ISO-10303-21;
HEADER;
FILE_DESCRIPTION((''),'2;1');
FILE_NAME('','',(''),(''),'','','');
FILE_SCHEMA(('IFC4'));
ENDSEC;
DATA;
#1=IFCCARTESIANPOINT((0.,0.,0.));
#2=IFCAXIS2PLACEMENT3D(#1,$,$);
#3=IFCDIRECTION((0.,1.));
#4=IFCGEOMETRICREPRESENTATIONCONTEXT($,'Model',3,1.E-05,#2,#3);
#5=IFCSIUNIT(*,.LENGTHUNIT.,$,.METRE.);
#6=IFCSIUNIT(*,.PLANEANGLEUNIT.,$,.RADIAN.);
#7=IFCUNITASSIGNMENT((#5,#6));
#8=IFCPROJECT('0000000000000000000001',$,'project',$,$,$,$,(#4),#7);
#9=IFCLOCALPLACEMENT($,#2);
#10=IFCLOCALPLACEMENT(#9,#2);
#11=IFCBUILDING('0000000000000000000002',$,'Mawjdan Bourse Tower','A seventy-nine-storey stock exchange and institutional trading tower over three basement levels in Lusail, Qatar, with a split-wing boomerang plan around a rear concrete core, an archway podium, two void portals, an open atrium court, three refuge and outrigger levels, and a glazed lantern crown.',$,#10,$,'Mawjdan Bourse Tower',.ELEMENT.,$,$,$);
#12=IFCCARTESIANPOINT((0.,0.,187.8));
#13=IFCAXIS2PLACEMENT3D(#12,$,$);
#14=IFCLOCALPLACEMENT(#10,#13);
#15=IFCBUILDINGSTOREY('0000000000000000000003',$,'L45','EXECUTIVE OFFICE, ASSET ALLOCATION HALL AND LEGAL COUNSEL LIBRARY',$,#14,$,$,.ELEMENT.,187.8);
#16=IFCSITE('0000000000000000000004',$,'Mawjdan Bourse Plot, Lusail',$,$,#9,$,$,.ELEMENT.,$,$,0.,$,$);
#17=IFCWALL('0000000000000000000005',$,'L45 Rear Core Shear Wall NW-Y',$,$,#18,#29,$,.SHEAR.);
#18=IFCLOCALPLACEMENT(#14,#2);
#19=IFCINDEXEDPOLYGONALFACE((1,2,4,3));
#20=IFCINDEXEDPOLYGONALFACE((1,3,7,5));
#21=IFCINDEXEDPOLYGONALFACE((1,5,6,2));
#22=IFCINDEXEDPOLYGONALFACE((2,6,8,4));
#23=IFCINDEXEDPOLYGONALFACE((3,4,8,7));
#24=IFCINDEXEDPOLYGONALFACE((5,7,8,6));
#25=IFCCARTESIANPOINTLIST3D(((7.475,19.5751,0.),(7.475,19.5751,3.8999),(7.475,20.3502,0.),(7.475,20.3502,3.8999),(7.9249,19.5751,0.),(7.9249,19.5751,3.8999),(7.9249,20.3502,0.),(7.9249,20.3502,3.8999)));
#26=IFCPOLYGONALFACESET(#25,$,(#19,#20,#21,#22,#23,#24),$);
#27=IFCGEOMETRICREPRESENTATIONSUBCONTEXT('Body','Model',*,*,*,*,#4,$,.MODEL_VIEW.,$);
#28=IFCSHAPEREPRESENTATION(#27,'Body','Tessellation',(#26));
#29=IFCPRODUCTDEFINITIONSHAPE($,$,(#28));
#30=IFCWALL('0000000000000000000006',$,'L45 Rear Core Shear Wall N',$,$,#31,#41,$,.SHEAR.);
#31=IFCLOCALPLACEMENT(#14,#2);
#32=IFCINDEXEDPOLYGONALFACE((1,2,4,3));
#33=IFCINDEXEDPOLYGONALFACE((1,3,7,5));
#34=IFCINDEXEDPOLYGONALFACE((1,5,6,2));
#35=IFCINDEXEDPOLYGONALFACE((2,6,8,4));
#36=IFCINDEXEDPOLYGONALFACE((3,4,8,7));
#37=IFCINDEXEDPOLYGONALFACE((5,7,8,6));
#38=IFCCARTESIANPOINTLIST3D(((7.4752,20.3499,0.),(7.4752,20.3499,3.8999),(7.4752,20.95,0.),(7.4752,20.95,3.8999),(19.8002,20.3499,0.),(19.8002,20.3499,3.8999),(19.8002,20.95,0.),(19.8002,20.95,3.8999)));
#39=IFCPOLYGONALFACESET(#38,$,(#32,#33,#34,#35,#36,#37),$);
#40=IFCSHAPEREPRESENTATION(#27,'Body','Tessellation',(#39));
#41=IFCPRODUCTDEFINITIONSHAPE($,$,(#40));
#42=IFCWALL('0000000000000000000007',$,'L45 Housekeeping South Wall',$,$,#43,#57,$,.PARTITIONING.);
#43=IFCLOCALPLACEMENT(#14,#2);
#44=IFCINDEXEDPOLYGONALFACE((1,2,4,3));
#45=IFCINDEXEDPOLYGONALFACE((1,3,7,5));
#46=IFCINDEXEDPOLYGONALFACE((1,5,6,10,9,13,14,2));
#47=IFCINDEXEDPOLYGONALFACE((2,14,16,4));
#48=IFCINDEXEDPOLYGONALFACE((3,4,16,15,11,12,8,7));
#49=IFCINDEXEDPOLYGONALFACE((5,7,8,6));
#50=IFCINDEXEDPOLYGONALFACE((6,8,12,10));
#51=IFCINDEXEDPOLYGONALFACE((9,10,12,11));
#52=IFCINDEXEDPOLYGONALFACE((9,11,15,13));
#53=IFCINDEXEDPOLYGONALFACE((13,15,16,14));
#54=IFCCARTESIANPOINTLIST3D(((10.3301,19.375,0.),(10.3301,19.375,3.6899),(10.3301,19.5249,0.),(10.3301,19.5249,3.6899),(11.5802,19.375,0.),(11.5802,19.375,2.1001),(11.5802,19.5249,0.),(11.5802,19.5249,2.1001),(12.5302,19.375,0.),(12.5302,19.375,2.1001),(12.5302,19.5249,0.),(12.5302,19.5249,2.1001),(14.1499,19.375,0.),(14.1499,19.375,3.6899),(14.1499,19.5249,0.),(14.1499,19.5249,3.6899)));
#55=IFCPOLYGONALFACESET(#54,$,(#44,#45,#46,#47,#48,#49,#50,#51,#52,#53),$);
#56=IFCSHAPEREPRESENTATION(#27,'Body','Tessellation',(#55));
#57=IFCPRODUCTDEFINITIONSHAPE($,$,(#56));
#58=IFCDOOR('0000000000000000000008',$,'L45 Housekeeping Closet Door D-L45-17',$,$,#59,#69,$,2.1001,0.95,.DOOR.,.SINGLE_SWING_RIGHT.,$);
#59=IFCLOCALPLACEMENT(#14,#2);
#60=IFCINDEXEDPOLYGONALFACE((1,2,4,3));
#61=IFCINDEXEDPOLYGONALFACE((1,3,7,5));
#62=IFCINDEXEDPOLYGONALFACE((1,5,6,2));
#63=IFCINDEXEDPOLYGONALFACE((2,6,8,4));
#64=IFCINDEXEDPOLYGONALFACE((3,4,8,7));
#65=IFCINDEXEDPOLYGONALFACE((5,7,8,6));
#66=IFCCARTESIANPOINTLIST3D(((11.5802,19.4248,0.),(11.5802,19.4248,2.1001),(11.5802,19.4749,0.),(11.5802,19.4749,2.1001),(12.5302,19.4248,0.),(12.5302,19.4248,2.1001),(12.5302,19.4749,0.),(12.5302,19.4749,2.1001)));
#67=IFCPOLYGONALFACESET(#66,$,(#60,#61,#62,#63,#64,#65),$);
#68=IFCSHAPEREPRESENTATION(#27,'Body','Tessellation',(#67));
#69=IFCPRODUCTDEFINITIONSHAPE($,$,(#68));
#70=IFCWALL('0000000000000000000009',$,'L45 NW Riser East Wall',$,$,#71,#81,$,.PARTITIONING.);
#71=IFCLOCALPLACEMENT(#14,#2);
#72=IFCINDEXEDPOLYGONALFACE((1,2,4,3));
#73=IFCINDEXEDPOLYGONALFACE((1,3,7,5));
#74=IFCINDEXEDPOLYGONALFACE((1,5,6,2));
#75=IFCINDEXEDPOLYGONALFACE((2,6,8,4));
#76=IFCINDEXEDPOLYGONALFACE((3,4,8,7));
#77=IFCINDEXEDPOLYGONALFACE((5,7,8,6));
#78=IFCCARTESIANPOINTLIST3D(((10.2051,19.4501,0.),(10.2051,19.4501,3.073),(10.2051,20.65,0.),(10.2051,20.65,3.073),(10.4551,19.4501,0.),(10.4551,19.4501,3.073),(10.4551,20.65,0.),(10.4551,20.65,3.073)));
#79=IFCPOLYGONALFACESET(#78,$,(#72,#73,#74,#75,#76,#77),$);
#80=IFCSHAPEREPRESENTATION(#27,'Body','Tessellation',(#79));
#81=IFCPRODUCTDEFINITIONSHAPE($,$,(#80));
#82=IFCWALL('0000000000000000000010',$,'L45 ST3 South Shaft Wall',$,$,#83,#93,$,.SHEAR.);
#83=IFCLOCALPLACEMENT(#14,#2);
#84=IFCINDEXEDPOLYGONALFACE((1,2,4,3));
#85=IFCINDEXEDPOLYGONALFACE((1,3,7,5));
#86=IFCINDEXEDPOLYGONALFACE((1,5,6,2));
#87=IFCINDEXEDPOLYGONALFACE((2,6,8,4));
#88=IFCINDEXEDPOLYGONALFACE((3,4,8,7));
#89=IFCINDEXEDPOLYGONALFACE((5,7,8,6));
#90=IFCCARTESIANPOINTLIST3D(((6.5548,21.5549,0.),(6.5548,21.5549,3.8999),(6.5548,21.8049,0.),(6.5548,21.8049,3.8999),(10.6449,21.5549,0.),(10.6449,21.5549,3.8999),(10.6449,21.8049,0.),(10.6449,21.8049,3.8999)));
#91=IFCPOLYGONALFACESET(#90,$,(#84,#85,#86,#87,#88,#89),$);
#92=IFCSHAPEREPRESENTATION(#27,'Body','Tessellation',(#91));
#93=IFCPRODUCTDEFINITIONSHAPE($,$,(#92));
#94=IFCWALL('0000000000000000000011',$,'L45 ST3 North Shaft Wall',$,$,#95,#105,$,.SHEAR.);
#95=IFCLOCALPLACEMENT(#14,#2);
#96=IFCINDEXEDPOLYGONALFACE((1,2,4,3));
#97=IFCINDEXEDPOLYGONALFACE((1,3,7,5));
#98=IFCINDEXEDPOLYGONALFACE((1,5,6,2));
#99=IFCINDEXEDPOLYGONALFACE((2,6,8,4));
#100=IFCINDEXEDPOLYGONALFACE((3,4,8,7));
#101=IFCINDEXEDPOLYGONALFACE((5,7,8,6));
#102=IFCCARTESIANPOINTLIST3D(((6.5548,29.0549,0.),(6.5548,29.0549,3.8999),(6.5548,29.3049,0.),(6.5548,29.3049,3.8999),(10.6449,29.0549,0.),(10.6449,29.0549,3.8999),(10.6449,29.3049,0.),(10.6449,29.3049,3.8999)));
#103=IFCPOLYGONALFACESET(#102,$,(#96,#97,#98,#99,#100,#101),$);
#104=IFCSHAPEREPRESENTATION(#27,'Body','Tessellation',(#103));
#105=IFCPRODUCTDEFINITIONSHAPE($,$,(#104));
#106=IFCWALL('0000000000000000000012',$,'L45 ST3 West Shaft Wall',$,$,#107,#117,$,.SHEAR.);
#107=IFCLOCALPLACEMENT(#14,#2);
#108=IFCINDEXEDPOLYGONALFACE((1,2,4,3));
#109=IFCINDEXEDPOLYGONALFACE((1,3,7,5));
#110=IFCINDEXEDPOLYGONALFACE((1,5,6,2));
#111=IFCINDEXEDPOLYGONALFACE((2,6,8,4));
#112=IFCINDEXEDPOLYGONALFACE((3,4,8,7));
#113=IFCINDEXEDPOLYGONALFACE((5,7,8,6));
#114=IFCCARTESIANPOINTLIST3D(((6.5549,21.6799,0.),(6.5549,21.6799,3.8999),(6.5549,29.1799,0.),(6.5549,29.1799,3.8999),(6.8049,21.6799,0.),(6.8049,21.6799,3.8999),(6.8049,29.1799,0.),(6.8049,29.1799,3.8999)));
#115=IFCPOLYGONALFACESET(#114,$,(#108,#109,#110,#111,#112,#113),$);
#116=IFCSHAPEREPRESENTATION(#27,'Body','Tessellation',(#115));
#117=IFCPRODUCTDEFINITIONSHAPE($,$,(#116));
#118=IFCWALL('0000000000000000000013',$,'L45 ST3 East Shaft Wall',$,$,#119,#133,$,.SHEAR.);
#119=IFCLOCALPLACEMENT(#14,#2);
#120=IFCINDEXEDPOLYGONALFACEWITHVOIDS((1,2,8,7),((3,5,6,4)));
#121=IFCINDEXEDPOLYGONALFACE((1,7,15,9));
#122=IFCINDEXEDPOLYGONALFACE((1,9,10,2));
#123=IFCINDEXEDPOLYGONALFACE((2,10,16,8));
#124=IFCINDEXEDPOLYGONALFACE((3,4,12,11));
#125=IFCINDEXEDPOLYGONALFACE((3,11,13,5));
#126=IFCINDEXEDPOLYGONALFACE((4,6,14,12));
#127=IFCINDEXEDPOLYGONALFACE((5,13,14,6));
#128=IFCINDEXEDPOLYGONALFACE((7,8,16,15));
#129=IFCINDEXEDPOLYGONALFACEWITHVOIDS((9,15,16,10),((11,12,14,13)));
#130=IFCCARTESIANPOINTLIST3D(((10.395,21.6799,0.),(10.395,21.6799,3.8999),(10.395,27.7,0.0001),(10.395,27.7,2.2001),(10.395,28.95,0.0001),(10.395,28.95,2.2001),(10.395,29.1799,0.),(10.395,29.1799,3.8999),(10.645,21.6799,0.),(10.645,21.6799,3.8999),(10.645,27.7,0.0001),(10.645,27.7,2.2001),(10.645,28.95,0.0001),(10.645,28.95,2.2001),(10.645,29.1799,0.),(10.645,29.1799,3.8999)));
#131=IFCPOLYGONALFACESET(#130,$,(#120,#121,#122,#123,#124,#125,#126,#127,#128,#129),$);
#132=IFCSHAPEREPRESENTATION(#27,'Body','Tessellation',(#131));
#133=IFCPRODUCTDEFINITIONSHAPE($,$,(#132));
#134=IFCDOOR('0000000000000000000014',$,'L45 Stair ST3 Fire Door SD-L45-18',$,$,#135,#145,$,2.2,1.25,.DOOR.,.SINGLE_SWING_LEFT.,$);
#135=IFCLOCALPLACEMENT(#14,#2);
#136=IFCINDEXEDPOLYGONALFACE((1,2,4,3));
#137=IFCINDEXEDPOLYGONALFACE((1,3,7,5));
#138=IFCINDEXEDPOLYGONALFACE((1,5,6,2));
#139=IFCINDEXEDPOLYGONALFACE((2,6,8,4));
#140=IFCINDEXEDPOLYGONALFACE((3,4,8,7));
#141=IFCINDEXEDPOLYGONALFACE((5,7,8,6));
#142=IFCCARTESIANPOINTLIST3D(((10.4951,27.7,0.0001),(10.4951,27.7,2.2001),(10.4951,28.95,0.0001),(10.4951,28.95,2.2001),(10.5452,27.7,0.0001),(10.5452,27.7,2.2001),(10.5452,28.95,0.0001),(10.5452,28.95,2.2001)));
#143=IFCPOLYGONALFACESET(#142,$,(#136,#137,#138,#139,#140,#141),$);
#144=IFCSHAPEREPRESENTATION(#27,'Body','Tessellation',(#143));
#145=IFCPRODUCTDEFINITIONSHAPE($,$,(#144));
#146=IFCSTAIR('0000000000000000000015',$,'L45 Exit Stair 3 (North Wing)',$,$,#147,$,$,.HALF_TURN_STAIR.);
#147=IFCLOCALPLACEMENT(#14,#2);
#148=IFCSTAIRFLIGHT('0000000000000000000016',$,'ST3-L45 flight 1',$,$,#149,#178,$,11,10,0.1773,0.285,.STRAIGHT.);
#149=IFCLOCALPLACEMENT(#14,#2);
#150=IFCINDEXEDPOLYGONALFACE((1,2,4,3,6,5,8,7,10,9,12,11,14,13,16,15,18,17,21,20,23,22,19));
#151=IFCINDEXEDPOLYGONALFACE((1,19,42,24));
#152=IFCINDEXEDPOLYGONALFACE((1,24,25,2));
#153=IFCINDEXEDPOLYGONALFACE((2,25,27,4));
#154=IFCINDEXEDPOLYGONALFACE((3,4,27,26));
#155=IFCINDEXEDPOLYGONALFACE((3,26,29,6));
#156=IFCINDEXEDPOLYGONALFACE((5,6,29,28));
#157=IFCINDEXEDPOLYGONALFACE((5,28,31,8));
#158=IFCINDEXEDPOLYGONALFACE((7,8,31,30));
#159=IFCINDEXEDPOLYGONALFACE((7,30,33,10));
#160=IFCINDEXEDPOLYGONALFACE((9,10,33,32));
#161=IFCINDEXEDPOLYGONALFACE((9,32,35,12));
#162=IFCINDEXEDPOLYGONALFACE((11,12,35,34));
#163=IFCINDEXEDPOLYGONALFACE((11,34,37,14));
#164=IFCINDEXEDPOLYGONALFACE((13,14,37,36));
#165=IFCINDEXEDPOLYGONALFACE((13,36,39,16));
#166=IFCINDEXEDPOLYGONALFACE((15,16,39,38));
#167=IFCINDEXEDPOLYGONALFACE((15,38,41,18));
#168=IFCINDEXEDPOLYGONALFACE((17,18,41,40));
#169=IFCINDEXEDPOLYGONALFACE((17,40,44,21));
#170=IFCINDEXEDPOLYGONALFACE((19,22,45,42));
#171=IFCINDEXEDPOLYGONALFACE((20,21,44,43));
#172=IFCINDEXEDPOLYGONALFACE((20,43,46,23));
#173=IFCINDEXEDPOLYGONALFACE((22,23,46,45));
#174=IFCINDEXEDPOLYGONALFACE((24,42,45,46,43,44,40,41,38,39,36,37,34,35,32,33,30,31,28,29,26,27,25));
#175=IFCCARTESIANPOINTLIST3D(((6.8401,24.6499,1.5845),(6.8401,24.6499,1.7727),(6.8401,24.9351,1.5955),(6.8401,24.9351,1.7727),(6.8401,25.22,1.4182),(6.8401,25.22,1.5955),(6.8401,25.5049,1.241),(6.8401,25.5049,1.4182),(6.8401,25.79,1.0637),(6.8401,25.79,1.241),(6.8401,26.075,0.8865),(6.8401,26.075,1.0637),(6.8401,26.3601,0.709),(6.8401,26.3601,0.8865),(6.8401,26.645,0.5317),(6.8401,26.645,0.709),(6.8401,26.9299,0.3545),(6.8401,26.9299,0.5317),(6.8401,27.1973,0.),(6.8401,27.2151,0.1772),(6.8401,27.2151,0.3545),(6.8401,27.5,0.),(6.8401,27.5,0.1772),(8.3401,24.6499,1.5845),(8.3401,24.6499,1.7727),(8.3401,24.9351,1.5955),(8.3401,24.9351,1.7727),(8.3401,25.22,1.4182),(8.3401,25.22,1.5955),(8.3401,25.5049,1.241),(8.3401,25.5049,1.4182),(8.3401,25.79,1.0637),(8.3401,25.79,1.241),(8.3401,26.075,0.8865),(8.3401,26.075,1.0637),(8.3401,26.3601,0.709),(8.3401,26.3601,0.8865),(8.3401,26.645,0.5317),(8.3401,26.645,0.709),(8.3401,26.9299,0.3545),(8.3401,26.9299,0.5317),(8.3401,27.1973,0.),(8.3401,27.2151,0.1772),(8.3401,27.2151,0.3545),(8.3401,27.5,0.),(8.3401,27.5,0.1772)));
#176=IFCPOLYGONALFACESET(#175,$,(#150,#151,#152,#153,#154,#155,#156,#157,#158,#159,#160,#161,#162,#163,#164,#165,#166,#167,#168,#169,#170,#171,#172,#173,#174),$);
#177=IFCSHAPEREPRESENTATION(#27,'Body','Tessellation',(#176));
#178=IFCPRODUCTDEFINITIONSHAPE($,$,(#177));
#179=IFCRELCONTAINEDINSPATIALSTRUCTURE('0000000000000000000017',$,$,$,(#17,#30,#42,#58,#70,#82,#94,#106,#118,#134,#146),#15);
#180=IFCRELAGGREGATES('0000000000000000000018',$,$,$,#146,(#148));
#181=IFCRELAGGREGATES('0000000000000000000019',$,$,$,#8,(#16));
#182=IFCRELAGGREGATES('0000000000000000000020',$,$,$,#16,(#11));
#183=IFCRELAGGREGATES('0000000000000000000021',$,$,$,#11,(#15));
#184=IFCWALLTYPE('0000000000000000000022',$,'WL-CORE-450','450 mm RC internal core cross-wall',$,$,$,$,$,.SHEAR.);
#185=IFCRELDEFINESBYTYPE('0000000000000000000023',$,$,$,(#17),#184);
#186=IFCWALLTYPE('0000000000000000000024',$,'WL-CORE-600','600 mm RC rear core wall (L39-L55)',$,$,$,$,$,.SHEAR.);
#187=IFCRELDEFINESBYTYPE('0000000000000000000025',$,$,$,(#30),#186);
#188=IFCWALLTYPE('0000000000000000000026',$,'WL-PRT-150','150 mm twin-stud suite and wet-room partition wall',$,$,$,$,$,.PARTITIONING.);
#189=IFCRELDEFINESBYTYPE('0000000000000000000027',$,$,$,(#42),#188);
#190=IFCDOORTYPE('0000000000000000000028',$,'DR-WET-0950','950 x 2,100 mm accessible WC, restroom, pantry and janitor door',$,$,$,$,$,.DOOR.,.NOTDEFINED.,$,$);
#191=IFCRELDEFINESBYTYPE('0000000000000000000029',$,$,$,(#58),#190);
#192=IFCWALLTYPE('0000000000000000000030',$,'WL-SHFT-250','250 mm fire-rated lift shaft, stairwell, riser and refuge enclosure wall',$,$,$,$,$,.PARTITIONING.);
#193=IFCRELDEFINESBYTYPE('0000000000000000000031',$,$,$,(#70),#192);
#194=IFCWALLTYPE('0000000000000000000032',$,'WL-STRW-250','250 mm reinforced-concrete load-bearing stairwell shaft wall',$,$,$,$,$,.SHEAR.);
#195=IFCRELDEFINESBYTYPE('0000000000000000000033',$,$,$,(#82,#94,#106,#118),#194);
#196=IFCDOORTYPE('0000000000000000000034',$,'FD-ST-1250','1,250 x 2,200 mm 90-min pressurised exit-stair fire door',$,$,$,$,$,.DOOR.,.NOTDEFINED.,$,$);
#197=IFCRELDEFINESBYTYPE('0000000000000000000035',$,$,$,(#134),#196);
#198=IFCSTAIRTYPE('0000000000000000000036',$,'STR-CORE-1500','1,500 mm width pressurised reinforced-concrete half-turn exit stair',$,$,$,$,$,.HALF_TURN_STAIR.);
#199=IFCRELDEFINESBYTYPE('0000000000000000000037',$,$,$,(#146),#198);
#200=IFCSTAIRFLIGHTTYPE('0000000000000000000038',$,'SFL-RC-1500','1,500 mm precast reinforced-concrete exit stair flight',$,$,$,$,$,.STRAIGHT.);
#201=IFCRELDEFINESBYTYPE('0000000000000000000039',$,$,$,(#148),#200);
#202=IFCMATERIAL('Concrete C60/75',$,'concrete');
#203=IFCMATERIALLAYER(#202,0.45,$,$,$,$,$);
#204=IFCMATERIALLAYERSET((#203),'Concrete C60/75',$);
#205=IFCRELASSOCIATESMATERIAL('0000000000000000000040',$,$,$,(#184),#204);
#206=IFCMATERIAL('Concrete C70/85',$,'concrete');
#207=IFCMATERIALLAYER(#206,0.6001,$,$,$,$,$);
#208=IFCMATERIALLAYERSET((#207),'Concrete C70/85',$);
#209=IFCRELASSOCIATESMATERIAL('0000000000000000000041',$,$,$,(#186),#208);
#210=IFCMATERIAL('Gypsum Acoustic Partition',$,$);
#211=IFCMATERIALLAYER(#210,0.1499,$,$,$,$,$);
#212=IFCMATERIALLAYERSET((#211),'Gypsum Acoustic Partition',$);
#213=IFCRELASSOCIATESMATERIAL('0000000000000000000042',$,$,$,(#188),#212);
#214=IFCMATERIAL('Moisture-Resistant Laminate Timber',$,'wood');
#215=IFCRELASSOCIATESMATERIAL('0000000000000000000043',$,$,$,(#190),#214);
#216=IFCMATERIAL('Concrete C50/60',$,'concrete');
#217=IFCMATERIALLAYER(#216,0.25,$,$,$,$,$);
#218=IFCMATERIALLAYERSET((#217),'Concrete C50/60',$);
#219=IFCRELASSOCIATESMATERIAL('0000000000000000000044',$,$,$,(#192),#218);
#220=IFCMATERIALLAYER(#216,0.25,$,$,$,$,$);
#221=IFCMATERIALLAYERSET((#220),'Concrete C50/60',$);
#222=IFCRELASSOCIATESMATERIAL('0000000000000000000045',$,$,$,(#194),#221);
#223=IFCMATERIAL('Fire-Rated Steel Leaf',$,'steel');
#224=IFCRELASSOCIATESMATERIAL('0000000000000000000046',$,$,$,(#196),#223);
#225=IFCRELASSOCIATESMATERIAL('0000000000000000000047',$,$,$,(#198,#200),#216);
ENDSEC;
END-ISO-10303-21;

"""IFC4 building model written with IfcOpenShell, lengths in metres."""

from ifc_helpers import new_model, si_unit, direction, frame, frame_2d, origin, place, context, subcontext, project, spatial, polyline, rectangle, outline, extrude, material, layer, layer_set, type_object, element, fill, aggregate, save


model = new_model("IFC4")

# Units and contexts
model_context = context("Model", 3, precision=1e-05, world=origin(), true_north=direction((0.0, 1.0)))
body_context = subcontext(model_context, "Body", "Model", "MODEL_VIEW")
ifc_project = project(units=[si_unit("LENGTHUNIT", "METRE"), si_unit("PLANEANGLEUNIT", "RADIAN")], contexts=[model_context])

# Site, building, storey
site_placement = place(None, origin())
site = spatial("IfcSite", under=ifc_project, at=site_placement, Name="Mawjdan Bourse Plot, Lusail", CompositionType="ELEMENT", RefElevation=0.0)
building_placement = place(site_placement, origin())
building = spatial("IfcBuilding", under=site, at=building_placement, Name="Mawjdan Bourse Tower", Description="A seventy-nine-storey stock exchange and institutional trading tower over three basement levels in Lusail, Qatar, with a split-wing boomerang plan around a rear concrete core, an archway podium, two void portals, an open atrium court, three refuge and outrigger levels, and a glazed lantern crown.", LongName="Mawjdan Bourse Tower", CompositionType="ELEMENT")
storey_placement = place(building_placement, frame((0.0, 0.0, 187.8)))
storey = spatial("IfcBuildingStorey", under=building, at=storey_placement, Name="L45", Description="EXECUTIVE OFFICE, ASSET ALLOCATION HALL AND LEGAL COUNSEL LIBRARY", CompositionType="ELEMENT", Elevation=187.8)

# Shared definitions
ifc_material_1 = material(Name="Concrete C70/85", Category="concrete")

# Walls
ifc_material_2 = material(Name="Concrete C60/75", Category="concrete")
ifc_layer_1 = layer(ifc_material_2, 0.45)
ifc_layer_set_1 = layer_set([ifc_layer_1], Name="Concrete C60/75")
wall_type_1 = type_object("IfcWallType", Name="WL-CORE-450", Description="450 mm RC internal core cross-wall", PredefinedType="SHEAR", material=ifc_layer_set_1)
wall_1_placement = place(storey_placement, frame((7.7, 19.575, 0.0), z_axis=(0.0, 0.0, 1.0), x_axis=(0.0, 1.0, 0.0)))
element("IfcWall", 1, at=wall_1_placement, inside=storey, type_object=wall_type_1, Name="L45 Rear Core Shear Wall NW-Y", PredefinedType="SHEAR", context=body_context, shape_type="SweptSolid", body=[
    extrude(rectangle(XDim=0.7751, YDim=0.45, at=frame_2d((0.3877, 0.0))), origin(), (0.0, 0.0, 1.0), 3.8999),
])
ifc_layer_2 = layer(ifc_material_1, 0.6001)
ifc_layer_set_2 = layer_set([ifc_layer_2], Name="Concrete C70/85")
wall_type_2 = type_object("IfcWallType", Name="WL-CORE-600", Description="600 mm RC rear core wall (L39-L55)", PredefinedType="SHEAR", material=ifc_layer_set_2)
wall_2_placement = place(storey_placement, frame((7.4751, 20.6499, 0.0), z_axis=(0.0, 0.0, 1.0), x_axis=(1.0, 0.0, 0.0)))
element("IfcWall", 2, at=wall_2_placement, inside=storey, type_object=wall_type_2, Name="L45 Rear Core Shear Wall N", PredefinedType="SHEAR", context=body_context, shape_type="SweptSolid", body=[
    extrude(rectangle(XDim=12.325, YDim=0.6001, at=frame_2d((6.1626, 0.0))), origin(), (0.0, 0.0, 1.0), 3.8999),
])

# Wall, opening, door
ifc_material_3 = material(Name="Gypsum Acoustic Partition")
ifc_layer_3 = layer(ifc_material_3, 0.1499)
ifc_layer_set_3 = layer_set([ifc_layer_3], Name="Gypsum Acoustic Partition")
wall_type_3 = type_object("IfcWallType", Name="WL-PRT-150", Description="150 mm twin-stud suite and wet-room partition wall", PredefinedType="PARTITIONING", material=ifc_layer_set_3)
wall_3_placement = place(storey_placement, frame((10.3301, 19.45, 0.0), z_axis=(0.0, 0.0, 1.0), x_axis=(1.0, 0.0, 0.0)))
wall_3 = element("IfcWall", 3, at=wall_3_placement, inside=storey, type_object=wall_type_3, Name="L45 Housekeeping South Wall", PredefinedType="PARTITIONING", context=body_context, shape_type="SweptSolid", body=[
    extrude(rectangle(XDim=3.8198, YDim=0.1499, at=frame_2d((1.9099, 0.0))), origin(), (0.0, 0.0, 1.0), 3.6899),
])
opening_1_placement = place(wall_3_placement, frame((1.25, 0.0, 0.0)))
opening_1 = element("IfcOpeningElement", 4, at=opening_1_placement, cuts=wall_3, PredefinedType="OPENING", context=body_context, shape_type="SweptSolid", body=[
    extrude(rectangle(XDim=0.95, YDim=2.1001, at=frame_2d((0.4751, 1.05))), frame((0.0, 0.085, 0.0), z_axis=(0.0, -1.0, 0.0), x_axis=(1.0, 0.0, 0.0)), (0.0, 0.0, 1.0), 0.1699),
])
ifc_material_4 = material(Name="Moisture-Resistant Laminate Timber", Category="wood")
door_type_1 = type_object("IfcDoorType", Name="DR-WET-0950", Description="950 x 2,100 mm accessible WC, restroom, pantry and janitor door", OperationType="NOTDEFINED", PredefinedType="DOOR", material=ifc_material_4)
door_1_placement = place(opening_1_placement, origin())
door_1 = element("IfcDoor", 5, at=door_1_placement, inside=storey, type_object=door_type_1, Name="L45 Housekeeping Closet Door D-L45-17", OperationType="SINGLE_SWING_RIGHT", OverallHeight=2.1001, OverallWidth=0.95, PredefinedType="DOOR", context=body_context, shape_type="SweptSolid", body=[
    extrude(rectangle(XDim=0.95, YDim=2.1001, at=frame_2d((0.4751, 1.05))), frame((0.0, 0.0249, 0.0), z_axis=(0.0, -1.0, 0.0), x_axis=(1.0, 0.0, 0.0)), (0.0, 0.0, 1.0), 0.05),
])
fill(opening_1, door_1)

# Walls
ifc_material_5 = material(Name="Concrete C50/60", Category="concrete")
ifc_layer_4 = layer(ifc_material_5, 0.25)
ifc_layer_set_4 = layer_set([ifc_layer_4], Name="Concrete C50/60")
wall_type_4 = type_object("IfcWallType", Name="WL-SHFT-250", Description="250 mm fire-rated lift shaft, stairwell, riser and refuge enclosure wall", PredefinedType="PARTITIONING", material=ifc_layer_set_4)
wall_4_placement = place(storey_placement, frame((10.3301, 19.45, 0.0), z_axis=(0.0, 0.0, 1.0), x_axis=(0.0, 1.0, 0.0)))
element("IfcWall", 6, at=wall_4_placement, inside=storey, type_object=wall_type_4, Name="L45 NW Riser East Wall", PredefinedType="PARTITIONING", context=body_context, shape_type="SweptSolid", body=[
    extrude(rectangle(XDim=1.2, YDim=0.25, at=frame_2d((0.6001, 0.0))), origin(), (0.0, 0.0, 1.0), 3.073),
])
ifc_layer_5 = layer(ifc_material_5, 0.25)
ifc_layer_set_5 = layer_set([ifc_layer_5], Name="Concrete C50/60")
wall_type_5 = type_object("IfcWallType", Name="WL-STRW-250", Description="250 mm reinforced-concrete load-bearing stairwell shaft wall", PredefinedType="SHEAR", material=ifc_layer_set_5)
for number, where, z_axis, x_axis, name in (
    (7, (6.5549, 21.6799, 0.0), (0.0, 0.0, 1.0), (1.0, 0.0, 0.0), "L45 ST3 South Shaft Wall"),
    (8, (6.5549, 29.1799, 0.0), (0.0, 0.0, 1.0), (1.0, 0.0, 0.0), "L45 ST3 North Shaft Wall"),
):
    element("IfcWall", number, at=place(storey_placement, frame(where, z_axis=z_axis, x_axis=x_axis)), inside=storey, type_object=wall_type_5, Name=name, PredefinedType="SHEAR", context=body_context, shape_type="SweptSolid", body=[
        extrude(rectangle(XDim=4.0901, YDim=0.25, at=frame_2d((2.0449, 0.0))), origin(), (0.0, 0.0, 1.0), 3.8999),
    ])
wall_5_placement = place(storey_placement, frame((6.6799, 21.6799, 0.0), z_axis=(0.0, 0.0, 1.0), x_axis=(0.0, 1.0, 0.0)))
element("IfcWall", 9, at=wall_5_placement, inside=storey, type_object=wall_type_5, Name="L45 ST3 West Shaft Wall", PredefinedType="SHEAR", context=body_context, shape_type="SweptSolid", body=[
    extrude(rectangle(XDim=7.5, YDim=0.25, at=frame_2d((3.75, 0.0))), origin(), (0.0, 0.0, 1.0), 3.8999),
])

# Wall, opening, door
wall_6_placement = place(storey_placement, frame((10.52, 21.6799, 0.0), z_axis=(0.0, 0.0, 1.0), x_axis=(0.0, 1.0, 0.0)))
wall_6 = element("IfcWall", 10, at=wall_6_placement, inside=storey, type_object=wall_type_5, Name="L45 ST3 East Shaft Wall", PredefinedType="SHEAR", context=body_context, shape_type="SweptSolid", body=[
    extrude(rectangle(XDim=7.5, YDim=0.25, at=frame_2d((3.75, 0.0))), origin(), (0.0, 0.0, 1.0), 3.8999),
])
opening_2_placement = place(wall_6_placement, frame((6.02, 0.0, 0.0)))
opening_2 = element("IfcOpeningElement", 11, at=opening_2_placement, cuts=wall_6, PredefinedType="OPENING", context=body_context, shape_type="SweptSolid", body=[
    extrude(rectangle(XDim=1.25, YDim=2.2, at=frame_2d((0.625, 1.1001))), frame((0.0, 0.135, 0.0), z_axis=(0.0, -1.0, 0.0), x_axis=(1.0, 0.0, 0.0)), (0.0, 0.0, 1.0), 0.27),
])
ifc_material_6 = material(Name="Fire-Rated Steel Leaf", Category="steel")
door_type_2 = type_object("IfcDoorType", Name="FD-ST-1250", Description="1,250 x 2,200 mm 90-min pressurised exit-stair fire door", OperationType="NOTDEFINED", PredefinedType="DOOR", material=ifc_material_6)
door_2_placement = place(opening_2_placement, origin())
door_2 = element("IfcDoor", 12, at=door_2_placement, inside=storey, type_object=door_type_2, Name="L45 Stair ST3 Fire Door SD-L45-18", OperationType="SINGLE_SWING_LEFT", OverallHeight=2.2, OverallWidth=1.25, PredefinedType="DOOR", context=body_context, shape_type="SweptSolid", body=[
    extrude(rectangle(XDim=1.25, YDim=2.2, at=frame_2d((0.625, 1.1001))), frame((0.0, 0.0249, 0.0), z_axis=(0.0, -1.0, 0.0), x_axis=(1.0, 0.0, 0.0)), (0.0, 0.0, 1.0), 0.05),
])
fill(opening_2, door_2)

# Stair, stair flight
stair_type = type_object("IfcStairType", Name="STR-CORE-1500", Description="1,500 mm width pressurised reinforced-concrete half-turn exit stair", PredefinedType="HALF_TURN_STAIR", material=ifc_material_5)
stair_placement = place(storey_placement, origin())
stair = element("IfcStair", 13, at=stair_placement, inside=storey, type_object=stair_type, Name="L45 Exit Stair 3 (North Wing)", PredefinedType="HALF_TURN_STAIR")
stair_flight_type = type_object("IfcStairFlightType", Name="SFL-RC-1500", Description="1,500 mm precast reinforced-concrete exit stair flight", PredefinedType="STRAIGHT", material=ifc_material_5)
stair_flight_1_placement = place(storey_placement, frame((7.5901, 27.5, 0.0), z_axis=(0.0, 0.0, 1.0), x_axis=(0.0, -1.0, 0.0)))
stair_flight_1 = element("IfcStairFlight", 14, at=stair_flight_1_placement, type_object=stair_flight_type, Name="ST3-L45 flight 1", NumberOfRisers=11, NumberOfTreads=10, PredefinedType="STRAIGHT", RiserHeight=0.1773, TreadLength=0.285, context=body_context, shape_type="SweptSolid", body=[
    extrude(outline(polyline([(0.0, 0.0), (0.0, 0.1772), (0.2849, 0.1772), (0.2849, 0.3545), (0.5701, 0.3545), (0.5701, 0.5317), (0.855, 0.5317), (0.855, 0.709), (1.1399, 0.709), (1.1399, 0.8865), (1.425, 0.8865), (1.425, 1.0637), (1.71, 1.0637), (1.71, 1.241), (1.9951, 1.241), (1.9951, 1.4182), (2.28, 1.4182), (2.28, 1.5955), (2.5649, 1.5955), (2.5649, 1.7727), (2.8501, 1.7727), (2.8501, 1.95), (2.8501, 1.5845), (0.3027, 0.0), (0.0, 0.0)])), frame((0.0, 0.75, 0.0), z_axis=(0.0, -1.0, 0.0), x_axis=(1.0, 0.0, 0.0)), (0.0, 0.0, 1.0), 1.5),
])
aggregate(stair, [stair_flight_1])

save(model, "model.ifc")
